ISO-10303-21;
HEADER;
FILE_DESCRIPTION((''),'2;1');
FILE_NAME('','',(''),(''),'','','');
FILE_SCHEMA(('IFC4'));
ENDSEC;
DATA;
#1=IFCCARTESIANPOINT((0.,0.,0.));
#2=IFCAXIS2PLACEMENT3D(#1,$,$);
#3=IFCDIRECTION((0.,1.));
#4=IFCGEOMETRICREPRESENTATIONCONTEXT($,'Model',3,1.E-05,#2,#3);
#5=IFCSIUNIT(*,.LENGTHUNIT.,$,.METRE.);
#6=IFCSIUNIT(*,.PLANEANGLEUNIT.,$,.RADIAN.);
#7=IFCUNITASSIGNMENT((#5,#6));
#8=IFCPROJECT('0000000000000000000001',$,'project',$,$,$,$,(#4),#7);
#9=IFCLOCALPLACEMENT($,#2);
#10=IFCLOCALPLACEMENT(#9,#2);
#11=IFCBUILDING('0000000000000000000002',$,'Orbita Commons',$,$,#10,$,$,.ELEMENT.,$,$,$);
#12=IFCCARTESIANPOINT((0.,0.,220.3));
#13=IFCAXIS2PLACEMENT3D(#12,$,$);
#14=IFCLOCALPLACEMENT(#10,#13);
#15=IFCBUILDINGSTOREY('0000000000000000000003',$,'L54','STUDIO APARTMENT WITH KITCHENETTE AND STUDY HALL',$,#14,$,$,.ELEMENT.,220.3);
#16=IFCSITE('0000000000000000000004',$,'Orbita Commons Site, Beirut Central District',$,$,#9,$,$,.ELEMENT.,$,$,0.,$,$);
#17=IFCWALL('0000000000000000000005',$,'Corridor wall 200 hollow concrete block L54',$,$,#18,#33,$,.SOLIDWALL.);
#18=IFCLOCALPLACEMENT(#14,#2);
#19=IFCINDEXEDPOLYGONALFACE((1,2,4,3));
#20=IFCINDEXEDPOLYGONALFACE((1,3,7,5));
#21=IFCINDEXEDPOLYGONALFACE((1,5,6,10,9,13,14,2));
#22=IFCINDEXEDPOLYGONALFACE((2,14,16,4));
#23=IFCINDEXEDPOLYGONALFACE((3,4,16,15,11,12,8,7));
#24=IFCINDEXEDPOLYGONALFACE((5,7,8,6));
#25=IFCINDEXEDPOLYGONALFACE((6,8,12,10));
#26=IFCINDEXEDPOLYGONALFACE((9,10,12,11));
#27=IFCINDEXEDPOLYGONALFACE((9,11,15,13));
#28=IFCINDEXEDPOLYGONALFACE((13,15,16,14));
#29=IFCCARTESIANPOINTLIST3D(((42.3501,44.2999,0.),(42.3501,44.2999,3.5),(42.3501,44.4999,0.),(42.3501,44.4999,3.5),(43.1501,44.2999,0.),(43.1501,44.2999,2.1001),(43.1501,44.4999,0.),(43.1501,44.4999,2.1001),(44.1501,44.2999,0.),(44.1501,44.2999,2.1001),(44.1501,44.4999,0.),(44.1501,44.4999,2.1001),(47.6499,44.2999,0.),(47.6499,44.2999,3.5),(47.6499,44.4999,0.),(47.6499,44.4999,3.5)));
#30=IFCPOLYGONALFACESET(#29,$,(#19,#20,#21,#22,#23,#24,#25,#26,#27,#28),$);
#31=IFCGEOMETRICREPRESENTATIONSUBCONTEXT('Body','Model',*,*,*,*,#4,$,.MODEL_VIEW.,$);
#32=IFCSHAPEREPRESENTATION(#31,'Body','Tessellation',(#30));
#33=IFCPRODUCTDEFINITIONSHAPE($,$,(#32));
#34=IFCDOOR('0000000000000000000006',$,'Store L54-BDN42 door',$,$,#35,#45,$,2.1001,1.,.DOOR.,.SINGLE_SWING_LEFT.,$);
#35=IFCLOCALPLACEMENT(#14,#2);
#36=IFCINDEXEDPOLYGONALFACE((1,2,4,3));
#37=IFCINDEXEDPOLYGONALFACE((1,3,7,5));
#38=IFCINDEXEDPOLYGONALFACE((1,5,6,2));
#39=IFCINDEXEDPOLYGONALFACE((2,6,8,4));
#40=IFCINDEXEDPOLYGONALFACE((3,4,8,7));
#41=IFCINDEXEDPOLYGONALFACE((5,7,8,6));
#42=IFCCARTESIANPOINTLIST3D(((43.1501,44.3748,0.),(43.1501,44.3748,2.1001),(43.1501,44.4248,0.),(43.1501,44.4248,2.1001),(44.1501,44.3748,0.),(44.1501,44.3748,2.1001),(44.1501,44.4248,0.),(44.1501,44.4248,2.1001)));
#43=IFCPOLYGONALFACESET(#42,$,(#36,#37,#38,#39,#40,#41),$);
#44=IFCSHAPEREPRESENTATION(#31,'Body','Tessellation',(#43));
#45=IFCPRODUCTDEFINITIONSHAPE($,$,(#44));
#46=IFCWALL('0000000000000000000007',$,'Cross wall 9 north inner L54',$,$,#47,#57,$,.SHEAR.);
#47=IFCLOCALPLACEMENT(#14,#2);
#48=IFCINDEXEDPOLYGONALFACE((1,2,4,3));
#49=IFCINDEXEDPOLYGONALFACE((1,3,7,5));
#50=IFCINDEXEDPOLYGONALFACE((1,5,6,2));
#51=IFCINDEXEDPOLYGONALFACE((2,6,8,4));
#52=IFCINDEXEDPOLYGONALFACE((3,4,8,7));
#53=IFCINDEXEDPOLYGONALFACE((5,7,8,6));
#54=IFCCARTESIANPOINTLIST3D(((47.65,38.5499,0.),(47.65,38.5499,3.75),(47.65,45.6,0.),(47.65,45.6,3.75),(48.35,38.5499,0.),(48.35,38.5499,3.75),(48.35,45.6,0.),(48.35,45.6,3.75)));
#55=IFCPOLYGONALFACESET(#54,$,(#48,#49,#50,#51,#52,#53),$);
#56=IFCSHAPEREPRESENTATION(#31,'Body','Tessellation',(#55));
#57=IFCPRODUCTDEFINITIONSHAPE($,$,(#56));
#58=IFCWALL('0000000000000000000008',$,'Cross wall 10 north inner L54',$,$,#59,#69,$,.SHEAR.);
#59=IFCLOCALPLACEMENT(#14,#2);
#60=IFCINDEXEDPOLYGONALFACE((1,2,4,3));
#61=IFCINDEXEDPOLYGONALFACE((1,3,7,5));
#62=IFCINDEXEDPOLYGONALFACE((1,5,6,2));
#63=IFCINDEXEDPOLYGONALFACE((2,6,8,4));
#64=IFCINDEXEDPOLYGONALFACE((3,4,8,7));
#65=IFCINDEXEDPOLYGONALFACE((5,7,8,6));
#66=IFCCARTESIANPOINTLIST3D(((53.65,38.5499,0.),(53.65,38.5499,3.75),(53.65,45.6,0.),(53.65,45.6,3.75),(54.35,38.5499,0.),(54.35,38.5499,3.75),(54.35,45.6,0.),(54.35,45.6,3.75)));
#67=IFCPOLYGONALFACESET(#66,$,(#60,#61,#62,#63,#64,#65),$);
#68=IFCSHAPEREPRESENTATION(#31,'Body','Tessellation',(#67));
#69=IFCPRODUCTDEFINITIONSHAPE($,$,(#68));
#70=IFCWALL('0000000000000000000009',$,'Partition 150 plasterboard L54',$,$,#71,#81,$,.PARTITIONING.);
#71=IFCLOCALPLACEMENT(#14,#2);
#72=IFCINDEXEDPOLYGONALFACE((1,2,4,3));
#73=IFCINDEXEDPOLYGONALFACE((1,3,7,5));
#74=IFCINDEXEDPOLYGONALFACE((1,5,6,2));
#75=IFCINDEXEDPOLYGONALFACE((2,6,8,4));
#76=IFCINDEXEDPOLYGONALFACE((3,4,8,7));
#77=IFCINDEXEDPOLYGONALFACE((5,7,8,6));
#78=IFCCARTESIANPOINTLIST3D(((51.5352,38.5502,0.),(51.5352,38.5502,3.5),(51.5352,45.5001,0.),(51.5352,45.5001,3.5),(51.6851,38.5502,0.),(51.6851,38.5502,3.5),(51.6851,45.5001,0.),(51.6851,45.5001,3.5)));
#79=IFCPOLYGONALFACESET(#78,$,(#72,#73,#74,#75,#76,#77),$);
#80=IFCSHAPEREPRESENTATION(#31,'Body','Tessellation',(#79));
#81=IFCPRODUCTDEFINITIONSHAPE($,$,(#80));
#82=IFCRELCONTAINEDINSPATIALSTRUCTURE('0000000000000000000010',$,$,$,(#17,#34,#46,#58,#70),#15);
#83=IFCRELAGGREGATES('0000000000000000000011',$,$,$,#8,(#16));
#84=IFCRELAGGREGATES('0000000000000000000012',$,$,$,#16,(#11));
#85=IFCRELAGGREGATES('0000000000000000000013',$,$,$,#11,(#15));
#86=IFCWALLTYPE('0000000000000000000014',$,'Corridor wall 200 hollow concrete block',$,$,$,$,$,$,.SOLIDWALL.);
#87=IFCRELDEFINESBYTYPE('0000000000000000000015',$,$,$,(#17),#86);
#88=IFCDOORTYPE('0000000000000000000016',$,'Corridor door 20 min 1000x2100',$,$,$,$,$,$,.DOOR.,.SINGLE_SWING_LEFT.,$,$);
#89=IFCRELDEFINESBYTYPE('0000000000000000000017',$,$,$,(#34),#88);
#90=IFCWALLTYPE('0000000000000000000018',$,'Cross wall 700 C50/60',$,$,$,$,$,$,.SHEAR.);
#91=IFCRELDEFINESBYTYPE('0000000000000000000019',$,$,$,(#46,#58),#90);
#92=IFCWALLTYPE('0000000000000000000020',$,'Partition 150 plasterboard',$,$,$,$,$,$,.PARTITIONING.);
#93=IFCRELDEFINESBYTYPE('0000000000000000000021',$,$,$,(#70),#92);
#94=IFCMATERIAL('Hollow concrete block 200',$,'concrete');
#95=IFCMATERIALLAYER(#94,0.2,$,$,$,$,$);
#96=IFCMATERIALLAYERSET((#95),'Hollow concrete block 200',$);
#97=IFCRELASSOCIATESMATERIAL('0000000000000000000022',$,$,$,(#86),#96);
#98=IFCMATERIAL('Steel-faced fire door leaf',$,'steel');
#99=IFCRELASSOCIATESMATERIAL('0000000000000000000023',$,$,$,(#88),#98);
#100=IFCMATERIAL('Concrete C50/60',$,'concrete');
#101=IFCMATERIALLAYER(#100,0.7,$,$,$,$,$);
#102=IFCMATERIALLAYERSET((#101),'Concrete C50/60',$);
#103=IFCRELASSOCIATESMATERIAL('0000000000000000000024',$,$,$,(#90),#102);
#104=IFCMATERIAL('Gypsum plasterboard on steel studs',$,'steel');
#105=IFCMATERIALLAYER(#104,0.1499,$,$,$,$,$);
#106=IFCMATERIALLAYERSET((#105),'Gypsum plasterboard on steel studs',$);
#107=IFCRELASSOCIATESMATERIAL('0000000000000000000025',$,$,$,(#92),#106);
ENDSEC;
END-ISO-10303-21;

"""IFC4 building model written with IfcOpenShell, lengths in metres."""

from ifc_helpers import new_model, si_unit, direction, frame, frame_2d, origin, place, context, subcontext, project, spatial, rectangle, extrude, material, layer, layer_set, type_object, element, fill, save


model = new_model("IFC4")

# Units and contexts
model_context = context("Model", 3, precision=1e-05, world=origin(), true_north=direction((0.0, 1.0)))
body_context = subcontext(model_context, "Body", "Model", "MODEL_VIEW")
ifc_project = project(units=[si_unit("LENGTHUNIT", "METRE"), si_unit("PLANEANGLEUNIT", "RADIAN")], contexts=[model_context])

# Site, building, storey
site_placement = place(None, origin())
site = spatial("IfcSite", under=ifc_project, at=site_placement, Name="Orbita Commons Site, Beirut Central District", CompositionType="ELEMENT", RefElevation=0.0)
building_placement = place(site_placement, origin())
building = spatial("IfcBuilding", under=site, at=building_placement, Name="Orbita Commons", CompositionType="ELEMENT")
storey_placement = place(building_placement, frame((0.0, 0.0, 220.3)))
storey = spatial("IfcBuildingStorey", under=building, at=storey_placement, Name="L54", Description="STUDIO APARTMENT WITH KITCHENETTE AND STUDY HALL", CompositionType="ELEMENT", Elevation=220.3)

# Shared definitions
ifc_material_1 = material(Name="Hollow concrete block 200", Category="concrete")
ifc_layer_1 = layer(ifc_material_1, 0.2)
ifc_layer_set_1 = layer_set([ifc_layer_1], Name="Hollow concrete block 200")
wall_type_1 = type_object("IfcWallType", Name="Corridor wall 200 hollow concrete block", PredefinedType="SOLIDWALL", material=ifc_layer_set_1)

# Wall, opening, door
wall_1_placement = place(storey_placement, frame((42.3501, 44.3999, 0.0), z_axis=(0.0, 0.0, 1.0), x_axis=(1.0, 0.0, 0.0)))
wall_1 = element("IfcWall", 1, at=wall_1_placement, inside=storey, type_object=wall_type_1, Name="Corridor wall 200 hollow concrete block L54", PredefinedType="SOLIDWALL", context=body_context, shape_type="SweptSolid", body=[
    extrude(rectangle(XDim=5.2998, YDim=0.2, at=frame_2d((2.6499, 0.0))), origin(), (0.0, 0.0, 1.0), 3.5),
])
opening_1_placement = place(wall_1_placement, frame((0.8, 0.0, 0.0)))
opening_1 = element("IfcOpeningElement", 2, at=opening_1_placement, cuts=wall_1, PredefinedType="OPENING", context=body_context, shape_type="SweptSolid", body=[
    extrude(rectangle(XDim=1.0, YDim=2.1001, at=frame_2d((0.5, 1.05))), frame((0.0, 0.1099, 0.0), z_axis=(0.0, -1.0, 0.0), x_axis=(1.0, 0.0, 0.0)), (0.0, 0.0, 1.0), 0.22),
])
ifc_material_2 = material(Name="Steel-faced fire door leaf", Category="steel")
door_type_1 = type_object("IfcDoorType", Name="Corridor door 20 min 1000x2100", OperationType="SINGLE_SWING_LEFT", PredefinedType="DOOR", material=ifc_material_2)
door_1_placement = place(opening_1_placement, origin())
door_1 = element("IfcDoor", 3, at=door_1_placement, inside=storey, type_object=door_type_1, Name="Store L54-BDN42 door", OperationType="SINGLE_SWING_LEFT", OverallHeight=2.1001, OverallWidth=1.0, PredefinedType="DOOR", context=body_context, shape_type="SweptSolid", body=[
    extrude(rectangle(XDim=1.0, YDim=2.1001, at=frame_2d((0.5, 1.05))), frame((0.0, 0.0249, 0.0), z_axis=(0.0, -1.0, 0.0), x_axis=(1.0, 0.0, 0.0)), (0.0, 0.0, 1.0), 0.05),
])
fill(opening_1, door_1)

# Walls
ifc_material_3 = material(Name="Concrete C50/60", Category="concrete")
ifc_layer_2 = layer(ifc_material_3, 0.7)
ifc_layer_set_2 = layer_set([ifc_layer_2], Name="Concrete C50/60")
wall_type_2 = type_object("IfcWallType", Name="Cross wall 700 C50/60", PredefinedType="SHEAR", material=ifc_layer_set_2)
for number, where, z_axis, x_axis, name in (
    (4, (48.0, 38.55, 0.0), (0.0, 0.0, 1.0), (0.0, 1.0, 0.0), "Cross wall 9 north inner L54"),
    (5, (54.0, 38.55, 0.0), (0.0, 0.0, 1.0), (0.0, 1.0, 0.0), "Cross wall 10 north inner L54"),
):
    element("IfcWall", number, at=place(storey_placement, frame(where, z_axis=z_axis, x_axis=x_axis)), inside=storey, type_object=wall_type_2, Name=name, PredefinedType="SHEAR", context=body_context, shape_type="SweptSolid", body=[
        extrude(rectangle(XDim=7.05, YDim=0.7, at=frame_2d((3.5249, 0.0))), origin(), (0.0, 0.0, 1.0), 3.75),
    ])
ifc_material_4 = material(Name="Gypsum plasterboard on steel studs", Category="steel")
ifc_layer_3 = layer(ifc_material_4, 0.1499)
ifc_layer_set_3 = layer_set([ifc_layer_3], Name="Gypsum plasterboard on steel studs")
wall_type_3 = type_object("IfcWallType", Name="Partition 150 plasterboard", PredefinedType="PARTITIONING", material=ifc_layer_set_3)
wall_2_placement = place(storey_placement, frame((51.6101, 38.55, 0.0), z_axis=(0.0, 0.0, 1.0), x_axis=(0.0, 1.0, 0.0)))
element("IfcWall", 6, at=wall_2_placement, inside=storey, type_object=wall_type_3, Name="Partition 150 plasterboard L54", PredefinedType="PARTITIONING", context=body_context, shape_type="SweptSolid", body=[
    extrude(rectangle(XDim=6.95, YDim=0.1499, at=frame_2d((3.4751, 0.0))), origin(), (0.0, 0.0, 1.0), 3.5),
])

save(model, "model.ifc")
